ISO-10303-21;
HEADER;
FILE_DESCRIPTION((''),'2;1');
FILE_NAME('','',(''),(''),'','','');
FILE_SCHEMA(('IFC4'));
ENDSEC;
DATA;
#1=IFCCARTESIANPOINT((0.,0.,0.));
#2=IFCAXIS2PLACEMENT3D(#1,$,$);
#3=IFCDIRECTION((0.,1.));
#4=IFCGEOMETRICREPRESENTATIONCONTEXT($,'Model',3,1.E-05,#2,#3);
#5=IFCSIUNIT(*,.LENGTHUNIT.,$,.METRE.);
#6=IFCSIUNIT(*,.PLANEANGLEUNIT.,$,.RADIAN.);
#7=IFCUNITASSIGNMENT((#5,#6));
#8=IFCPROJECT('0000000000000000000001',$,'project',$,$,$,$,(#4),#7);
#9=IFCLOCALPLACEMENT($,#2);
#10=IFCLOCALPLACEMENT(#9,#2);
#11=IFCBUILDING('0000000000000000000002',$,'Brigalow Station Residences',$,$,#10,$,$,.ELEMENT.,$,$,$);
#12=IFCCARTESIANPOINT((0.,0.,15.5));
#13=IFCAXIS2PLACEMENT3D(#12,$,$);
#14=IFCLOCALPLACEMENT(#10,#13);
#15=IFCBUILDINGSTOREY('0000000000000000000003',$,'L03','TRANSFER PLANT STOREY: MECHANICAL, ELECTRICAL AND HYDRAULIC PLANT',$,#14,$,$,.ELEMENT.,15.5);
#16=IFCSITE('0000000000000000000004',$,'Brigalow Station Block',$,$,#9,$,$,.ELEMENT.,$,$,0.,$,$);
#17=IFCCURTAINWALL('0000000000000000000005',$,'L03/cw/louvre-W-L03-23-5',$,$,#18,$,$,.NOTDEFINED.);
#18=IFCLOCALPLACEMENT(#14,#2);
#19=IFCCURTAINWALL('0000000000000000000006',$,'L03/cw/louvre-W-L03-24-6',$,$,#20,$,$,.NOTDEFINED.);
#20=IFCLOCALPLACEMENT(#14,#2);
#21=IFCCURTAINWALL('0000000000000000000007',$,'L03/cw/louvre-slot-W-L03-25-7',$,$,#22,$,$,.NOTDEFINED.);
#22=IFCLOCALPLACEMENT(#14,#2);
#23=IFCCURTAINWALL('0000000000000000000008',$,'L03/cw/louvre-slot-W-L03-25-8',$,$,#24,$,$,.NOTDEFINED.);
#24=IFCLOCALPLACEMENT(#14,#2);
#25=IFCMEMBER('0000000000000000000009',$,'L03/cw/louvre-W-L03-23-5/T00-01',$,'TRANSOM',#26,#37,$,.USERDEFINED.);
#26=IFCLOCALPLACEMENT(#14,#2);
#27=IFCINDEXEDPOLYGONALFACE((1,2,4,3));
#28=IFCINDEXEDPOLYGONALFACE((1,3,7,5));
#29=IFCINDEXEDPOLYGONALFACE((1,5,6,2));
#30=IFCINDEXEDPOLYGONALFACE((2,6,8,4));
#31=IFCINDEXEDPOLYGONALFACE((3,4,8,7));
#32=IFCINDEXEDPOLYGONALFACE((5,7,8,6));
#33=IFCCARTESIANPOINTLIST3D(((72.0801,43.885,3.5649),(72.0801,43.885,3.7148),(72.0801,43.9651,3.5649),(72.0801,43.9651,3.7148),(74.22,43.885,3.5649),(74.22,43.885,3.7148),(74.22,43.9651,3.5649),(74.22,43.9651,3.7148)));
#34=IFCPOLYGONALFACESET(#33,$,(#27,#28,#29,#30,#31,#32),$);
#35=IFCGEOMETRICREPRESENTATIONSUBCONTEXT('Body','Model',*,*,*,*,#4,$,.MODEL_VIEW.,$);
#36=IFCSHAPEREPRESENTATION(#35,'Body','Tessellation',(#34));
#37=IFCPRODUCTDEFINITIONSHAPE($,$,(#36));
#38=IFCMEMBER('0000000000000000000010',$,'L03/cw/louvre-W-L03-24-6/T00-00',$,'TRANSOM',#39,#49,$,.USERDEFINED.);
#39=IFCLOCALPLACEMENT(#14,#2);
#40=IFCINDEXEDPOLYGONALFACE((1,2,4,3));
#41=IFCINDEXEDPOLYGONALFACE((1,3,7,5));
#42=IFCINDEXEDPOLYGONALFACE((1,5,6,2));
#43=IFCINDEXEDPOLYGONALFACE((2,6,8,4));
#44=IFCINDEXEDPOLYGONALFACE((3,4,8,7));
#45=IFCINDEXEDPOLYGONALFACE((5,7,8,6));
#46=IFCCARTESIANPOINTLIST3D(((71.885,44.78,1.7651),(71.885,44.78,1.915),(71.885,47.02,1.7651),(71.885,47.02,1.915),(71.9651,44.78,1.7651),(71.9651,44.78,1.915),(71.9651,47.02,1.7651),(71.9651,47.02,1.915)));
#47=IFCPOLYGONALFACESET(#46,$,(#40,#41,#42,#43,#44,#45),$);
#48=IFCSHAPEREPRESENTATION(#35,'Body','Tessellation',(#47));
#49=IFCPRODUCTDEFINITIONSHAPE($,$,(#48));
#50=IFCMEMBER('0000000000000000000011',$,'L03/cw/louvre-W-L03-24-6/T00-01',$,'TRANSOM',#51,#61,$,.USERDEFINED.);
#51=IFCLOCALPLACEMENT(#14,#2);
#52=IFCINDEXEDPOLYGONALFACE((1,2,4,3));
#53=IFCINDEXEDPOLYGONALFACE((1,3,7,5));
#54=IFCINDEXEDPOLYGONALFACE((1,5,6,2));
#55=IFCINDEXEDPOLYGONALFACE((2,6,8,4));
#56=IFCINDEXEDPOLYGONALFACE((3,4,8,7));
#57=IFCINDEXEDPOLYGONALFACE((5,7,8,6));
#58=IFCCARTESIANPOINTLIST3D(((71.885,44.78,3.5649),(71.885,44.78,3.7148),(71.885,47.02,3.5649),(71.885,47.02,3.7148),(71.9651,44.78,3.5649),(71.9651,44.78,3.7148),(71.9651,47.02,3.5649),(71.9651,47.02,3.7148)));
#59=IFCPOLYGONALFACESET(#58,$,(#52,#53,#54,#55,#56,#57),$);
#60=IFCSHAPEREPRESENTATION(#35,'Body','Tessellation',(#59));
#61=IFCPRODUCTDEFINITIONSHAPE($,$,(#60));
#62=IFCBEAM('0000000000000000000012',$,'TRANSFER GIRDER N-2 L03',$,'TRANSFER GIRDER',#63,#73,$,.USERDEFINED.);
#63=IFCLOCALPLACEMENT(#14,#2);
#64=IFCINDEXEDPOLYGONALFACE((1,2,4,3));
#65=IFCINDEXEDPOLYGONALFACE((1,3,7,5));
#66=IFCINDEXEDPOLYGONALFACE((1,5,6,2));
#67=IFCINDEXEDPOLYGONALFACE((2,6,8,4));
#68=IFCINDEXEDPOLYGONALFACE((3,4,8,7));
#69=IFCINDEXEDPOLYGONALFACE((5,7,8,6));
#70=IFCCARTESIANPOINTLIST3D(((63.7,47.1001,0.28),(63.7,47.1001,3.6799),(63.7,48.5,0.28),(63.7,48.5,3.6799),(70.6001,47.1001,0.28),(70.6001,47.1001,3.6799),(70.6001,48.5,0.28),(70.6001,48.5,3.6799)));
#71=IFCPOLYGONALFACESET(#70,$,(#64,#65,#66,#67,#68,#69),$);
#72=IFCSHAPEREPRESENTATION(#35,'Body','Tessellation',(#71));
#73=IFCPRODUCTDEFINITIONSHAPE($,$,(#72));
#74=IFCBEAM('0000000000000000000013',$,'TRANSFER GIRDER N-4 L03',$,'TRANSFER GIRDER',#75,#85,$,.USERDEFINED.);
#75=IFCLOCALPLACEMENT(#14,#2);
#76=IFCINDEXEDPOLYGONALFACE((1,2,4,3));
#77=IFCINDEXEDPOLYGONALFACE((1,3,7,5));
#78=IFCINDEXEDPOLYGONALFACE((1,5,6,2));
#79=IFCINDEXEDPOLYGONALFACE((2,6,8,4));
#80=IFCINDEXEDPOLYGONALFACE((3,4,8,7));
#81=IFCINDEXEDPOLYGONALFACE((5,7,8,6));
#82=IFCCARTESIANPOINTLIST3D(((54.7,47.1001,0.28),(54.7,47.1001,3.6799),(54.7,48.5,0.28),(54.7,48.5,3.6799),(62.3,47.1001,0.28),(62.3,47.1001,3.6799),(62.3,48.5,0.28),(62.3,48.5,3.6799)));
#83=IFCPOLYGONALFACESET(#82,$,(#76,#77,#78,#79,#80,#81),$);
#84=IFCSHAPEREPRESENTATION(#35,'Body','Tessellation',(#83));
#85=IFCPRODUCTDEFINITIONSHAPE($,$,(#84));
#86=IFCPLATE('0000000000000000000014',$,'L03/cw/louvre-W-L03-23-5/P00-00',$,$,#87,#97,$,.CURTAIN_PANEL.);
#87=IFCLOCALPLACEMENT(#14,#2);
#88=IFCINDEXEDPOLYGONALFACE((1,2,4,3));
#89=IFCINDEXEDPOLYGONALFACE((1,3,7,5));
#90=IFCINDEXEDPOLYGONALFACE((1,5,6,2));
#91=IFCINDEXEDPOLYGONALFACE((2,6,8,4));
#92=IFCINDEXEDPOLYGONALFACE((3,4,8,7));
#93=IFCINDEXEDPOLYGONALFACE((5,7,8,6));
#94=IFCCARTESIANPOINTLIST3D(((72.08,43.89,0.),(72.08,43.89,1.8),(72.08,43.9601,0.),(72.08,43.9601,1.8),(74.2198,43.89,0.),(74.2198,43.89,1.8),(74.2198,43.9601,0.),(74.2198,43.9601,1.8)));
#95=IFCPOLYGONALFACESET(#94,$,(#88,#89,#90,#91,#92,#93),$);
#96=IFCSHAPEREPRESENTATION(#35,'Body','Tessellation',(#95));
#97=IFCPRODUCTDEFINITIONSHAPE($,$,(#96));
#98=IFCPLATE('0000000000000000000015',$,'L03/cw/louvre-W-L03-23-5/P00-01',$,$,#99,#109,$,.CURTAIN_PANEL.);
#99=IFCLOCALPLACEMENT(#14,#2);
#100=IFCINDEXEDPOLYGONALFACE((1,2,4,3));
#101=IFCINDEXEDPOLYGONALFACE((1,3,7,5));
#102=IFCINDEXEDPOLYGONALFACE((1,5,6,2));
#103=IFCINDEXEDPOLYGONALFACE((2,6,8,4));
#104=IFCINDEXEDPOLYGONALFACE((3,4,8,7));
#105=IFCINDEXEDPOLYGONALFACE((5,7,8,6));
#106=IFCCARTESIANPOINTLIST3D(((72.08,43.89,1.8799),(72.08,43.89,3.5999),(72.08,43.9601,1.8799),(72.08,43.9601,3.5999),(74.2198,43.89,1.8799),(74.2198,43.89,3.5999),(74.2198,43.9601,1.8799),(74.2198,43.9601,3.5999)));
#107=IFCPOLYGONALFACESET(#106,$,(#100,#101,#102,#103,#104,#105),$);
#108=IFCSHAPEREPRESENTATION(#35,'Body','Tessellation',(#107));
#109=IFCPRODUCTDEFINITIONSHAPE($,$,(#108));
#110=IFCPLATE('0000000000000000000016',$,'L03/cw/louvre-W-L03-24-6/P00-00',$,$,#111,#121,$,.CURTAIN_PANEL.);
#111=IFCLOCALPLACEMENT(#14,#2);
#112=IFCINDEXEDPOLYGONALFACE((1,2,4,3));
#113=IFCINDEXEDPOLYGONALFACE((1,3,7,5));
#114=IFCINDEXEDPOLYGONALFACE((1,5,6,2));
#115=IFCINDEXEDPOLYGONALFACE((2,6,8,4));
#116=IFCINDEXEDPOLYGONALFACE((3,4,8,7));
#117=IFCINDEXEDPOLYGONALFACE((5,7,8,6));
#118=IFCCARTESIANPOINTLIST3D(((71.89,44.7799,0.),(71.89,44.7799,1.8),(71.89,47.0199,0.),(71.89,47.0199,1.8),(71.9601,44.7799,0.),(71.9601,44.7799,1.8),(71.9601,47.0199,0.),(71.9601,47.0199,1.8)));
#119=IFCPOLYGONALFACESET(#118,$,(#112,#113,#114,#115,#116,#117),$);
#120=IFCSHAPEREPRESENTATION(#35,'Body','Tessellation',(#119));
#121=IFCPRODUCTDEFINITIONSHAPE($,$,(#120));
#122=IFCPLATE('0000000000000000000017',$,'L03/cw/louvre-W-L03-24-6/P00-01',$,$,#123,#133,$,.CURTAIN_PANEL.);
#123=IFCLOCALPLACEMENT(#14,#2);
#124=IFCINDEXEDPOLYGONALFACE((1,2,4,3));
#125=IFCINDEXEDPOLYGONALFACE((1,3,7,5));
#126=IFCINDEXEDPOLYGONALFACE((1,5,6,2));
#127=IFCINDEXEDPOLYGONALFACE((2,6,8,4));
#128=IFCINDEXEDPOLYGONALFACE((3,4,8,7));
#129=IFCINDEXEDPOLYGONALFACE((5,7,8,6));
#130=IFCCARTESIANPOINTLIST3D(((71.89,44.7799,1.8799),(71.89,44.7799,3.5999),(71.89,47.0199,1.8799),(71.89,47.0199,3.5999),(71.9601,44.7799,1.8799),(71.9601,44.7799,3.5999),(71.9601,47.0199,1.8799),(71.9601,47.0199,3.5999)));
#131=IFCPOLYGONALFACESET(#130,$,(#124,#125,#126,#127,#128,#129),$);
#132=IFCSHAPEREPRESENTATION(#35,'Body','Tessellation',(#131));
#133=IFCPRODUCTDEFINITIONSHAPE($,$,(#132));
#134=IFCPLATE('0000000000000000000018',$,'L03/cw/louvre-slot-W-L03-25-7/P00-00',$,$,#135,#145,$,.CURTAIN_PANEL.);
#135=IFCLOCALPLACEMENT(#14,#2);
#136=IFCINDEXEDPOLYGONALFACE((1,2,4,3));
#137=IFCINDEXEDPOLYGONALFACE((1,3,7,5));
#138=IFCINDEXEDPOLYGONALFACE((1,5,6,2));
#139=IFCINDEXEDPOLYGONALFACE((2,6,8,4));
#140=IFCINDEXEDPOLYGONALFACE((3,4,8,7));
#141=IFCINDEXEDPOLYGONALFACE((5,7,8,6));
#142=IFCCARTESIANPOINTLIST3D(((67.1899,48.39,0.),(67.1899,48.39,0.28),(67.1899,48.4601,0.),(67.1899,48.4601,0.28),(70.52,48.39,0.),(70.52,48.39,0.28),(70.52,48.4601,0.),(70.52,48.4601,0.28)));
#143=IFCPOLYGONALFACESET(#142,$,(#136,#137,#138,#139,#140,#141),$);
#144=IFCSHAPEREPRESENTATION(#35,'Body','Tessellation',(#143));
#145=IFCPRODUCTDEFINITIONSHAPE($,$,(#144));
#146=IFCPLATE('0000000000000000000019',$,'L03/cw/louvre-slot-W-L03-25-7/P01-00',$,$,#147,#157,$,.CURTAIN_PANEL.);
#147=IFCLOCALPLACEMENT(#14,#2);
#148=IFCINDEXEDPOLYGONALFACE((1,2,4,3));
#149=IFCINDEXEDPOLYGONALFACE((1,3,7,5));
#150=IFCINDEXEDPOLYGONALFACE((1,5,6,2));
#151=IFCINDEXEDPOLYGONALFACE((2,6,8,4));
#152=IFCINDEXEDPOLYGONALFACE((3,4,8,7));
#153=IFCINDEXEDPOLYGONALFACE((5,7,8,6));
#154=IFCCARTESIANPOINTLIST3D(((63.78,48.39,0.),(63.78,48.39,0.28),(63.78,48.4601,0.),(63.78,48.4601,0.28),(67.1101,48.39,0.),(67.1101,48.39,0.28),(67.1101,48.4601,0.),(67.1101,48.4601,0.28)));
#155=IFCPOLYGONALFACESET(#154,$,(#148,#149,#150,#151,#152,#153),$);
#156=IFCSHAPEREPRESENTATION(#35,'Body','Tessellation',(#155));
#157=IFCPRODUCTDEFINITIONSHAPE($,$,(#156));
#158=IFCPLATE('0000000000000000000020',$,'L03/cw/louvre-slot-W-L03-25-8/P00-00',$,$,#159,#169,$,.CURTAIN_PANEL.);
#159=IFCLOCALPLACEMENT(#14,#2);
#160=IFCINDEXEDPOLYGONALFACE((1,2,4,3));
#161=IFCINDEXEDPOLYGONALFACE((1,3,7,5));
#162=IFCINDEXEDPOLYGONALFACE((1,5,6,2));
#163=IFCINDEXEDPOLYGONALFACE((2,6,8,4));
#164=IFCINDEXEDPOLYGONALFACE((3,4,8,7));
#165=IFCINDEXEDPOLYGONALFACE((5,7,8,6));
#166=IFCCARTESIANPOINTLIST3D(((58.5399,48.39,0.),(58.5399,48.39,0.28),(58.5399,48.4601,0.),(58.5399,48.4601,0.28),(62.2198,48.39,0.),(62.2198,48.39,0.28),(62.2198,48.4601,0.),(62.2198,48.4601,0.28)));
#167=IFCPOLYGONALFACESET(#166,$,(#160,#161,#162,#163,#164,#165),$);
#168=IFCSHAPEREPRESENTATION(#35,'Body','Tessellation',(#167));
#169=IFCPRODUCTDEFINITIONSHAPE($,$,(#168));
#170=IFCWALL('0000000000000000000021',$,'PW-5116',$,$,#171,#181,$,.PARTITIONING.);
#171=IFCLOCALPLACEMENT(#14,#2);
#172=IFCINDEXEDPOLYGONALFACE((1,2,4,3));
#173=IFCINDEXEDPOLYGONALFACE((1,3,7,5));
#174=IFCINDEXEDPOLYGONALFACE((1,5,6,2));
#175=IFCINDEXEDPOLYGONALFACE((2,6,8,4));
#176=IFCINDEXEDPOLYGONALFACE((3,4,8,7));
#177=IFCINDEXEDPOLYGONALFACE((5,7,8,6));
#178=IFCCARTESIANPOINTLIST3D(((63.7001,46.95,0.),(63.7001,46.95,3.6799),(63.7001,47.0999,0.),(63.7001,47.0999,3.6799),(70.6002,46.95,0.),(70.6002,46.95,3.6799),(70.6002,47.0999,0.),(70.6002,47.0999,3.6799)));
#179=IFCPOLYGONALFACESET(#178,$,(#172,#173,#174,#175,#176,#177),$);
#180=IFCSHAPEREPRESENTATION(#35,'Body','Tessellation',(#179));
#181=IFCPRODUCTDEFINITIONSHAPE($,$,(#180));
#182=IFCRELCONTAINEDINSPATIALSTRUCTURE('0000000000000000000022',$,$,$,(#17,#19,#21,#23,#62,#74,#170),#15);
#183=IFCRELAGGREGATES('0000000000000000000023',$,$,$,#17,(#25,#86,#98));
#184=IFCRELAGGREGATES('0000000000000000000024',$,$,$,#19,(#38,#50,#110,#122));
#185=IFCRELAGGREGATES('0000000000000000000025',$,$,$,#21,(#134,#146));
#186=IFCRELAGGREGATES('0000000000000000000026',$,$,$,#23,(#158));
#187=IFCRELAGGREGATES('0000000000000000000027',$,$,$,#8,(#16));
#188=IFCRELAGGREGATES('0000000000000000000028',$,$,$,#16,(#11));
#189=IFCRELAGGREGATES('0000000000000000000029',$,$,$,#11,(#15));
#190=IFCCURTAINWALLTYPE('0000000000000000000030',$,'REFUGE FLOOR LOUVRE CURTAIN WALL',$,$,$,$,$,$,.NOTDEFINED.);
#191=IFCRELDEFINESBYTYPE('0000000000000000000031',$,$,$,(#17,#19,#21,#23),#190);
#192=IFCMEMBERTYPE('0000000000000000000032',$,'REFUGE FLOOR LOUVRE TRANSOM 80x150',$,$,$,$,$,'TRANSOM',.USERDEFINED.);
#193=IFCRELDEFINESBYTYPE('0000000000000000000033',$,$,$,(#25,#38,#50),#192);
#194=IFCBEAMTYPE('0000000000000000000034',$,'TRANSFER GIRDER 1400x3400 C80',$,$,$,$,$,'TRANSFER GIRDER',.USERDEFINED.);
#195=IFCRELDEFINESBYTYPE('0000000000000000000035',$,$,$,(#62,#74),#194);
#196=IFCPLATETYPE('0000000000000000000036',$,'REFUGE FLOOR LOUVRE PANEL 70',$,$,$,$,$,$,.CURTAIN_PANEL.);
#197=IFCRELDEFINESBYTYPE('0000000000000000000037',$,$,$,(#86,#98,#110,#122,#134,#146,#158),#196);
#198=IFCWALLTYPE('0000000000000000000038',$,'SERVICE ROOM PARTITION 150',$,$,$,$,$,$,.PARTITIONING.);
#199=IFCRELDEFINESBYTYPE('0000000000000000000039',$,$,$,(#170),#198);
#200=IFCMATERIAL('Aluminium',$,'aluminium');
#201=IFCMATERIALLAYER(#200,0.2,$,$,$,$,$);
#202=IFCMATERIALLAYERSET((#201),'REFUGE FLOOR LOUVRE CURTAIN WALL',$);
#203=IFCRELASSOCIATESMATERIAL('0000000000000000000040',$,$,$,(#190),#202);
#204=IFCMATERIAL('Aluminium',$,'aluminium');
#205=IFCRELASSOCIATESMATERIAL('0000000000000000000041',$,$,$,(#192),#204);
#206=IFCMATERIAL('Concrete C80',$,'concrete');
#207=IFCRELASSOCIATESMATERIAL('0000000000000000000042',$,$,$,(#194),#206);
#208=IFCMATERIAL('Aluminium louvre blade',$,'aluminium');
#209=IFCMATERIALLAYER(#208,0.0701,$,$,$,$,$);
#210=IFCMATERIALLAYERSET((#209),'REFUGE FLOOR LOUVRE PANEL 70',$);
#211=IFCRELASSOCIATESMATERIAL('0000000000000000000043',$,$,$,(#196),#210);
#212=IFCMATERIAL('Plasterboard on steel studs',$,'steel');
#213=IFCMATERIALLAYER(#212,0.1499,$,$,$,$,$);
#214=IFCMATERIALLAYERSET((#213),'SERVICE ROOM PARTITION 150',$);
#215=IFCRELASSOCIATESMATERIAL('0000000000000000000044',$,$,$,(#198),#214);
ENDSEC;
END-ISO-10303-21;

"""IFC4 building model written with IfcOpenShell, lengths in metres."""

from ifc_helpers import new_model, si_unit, direction, frame, frame_2d, origin, origin_2d, place, context, subcontext, project, spatial, rectangle, extrude, material, layer, layer_set, material_profile, profile_set, type_object, element, aggregate, save


model = new_model("IFC4")

# Units and contexts
model_context = context("Model", 3, precision=1e-05, world=origin(), true_north=direction((0.0, 1.0)))
body_context = subcontext(model_context, "Body", "Model", "MODEL_VIEW")
ifc_project = project(units=[si_unit("LENGTHUNIT", "METRE"), si_unit("PLANEANGLEUNIT", "RADIAN")], contexts=[model_context])

# Site, building, storey
site_placement = place(None, origin())
site = spatial("IfcSite", under=ifc_project, at=site_placement, Name="Brigalow Station Block", CompositionType="ELEMENT", RefElevation=0.0)
building_placement = place(site_placement, origin())
building = spatial("IfcBuilding", under=site, at=building_placement, Name="Brigalow Station Residences", CompositionType="ELEMENT")
storey_placement = place(building_placement, frame((0.0, 0.0, 15.5)))
storey = spatial("IfcBuildingStorey", under=building, at=storey_placement, Name="L03", Description="TRANSFER PLANT STOREY: MECHANICAL, ELECTRICAL AND HYDRAULIC PLANT", CompositionType="ELEMENT", Elevation=15.5)

# Curtain walls
ifc_material_1 = material(Name="Aluminium", Category="aluminium")
ifc_layer_1 = layer(ifc_material_1, 0.2)
ifc_layer_set_1 = layer_set([ifc_layer_1], Name="REFUGE FLOOR LOUVRE CURTAIN WALL")
curtain_wall_type = type_object("IfcCurtainWallType", Name="REFUGE FLOOR LOUVRE CURTAIN WALL", PredefinedType="NOTDEFINED", material=ifc_layer_set_1)
curtain_wall_1_placement = place(storey_placement, origin())
curtain_wall_1 = element("IfcCurtainWall", 1, at=curtain_wall_1_placement, inside=storey, type_object=curtain_wall_type, Name="L03/cw/louvre-W-L03-23-5", PredefinedType="NOTDEFINED")
curtain_wall_2_placement = place(storey_placement, origin())
curtain_wall_2 = element("IfcCurtainWall", 2, at=curtain_wall_2_placement, inside=storey, type_object=curtain_wall_type, Name="L03/cw/louvre-W-L03-24-6", PredefinedType="NOTDEFINED")
curtain_wall_3_placement = place(storey_placement, origin())
curtain_wall_3 = element("IfcCurtainWall", 3, at=curtain_wall_3_placement, inside=storey, type_object=curtain_wall_type, Name="L03/cw/louvre-slot-W-L03-25-7", PredefinedType="NOTDEFINED")
curtain_wall_4_placement = place(storey_placement, origin())
curtain_wall_4 = element("IfcCurtainWall", 4, at=curtain_wall_4_placement, inside=storey, type_object=curtain_wall_type, Name="L03/cw/louvre-slot-W-L03-25-8", PredefinedType="NOTDEFINED")

# Members
ifc_material_2 = material(Name="Aluminium", Category="aluminium")
ifc_material_profile_1 = material_profile(ifc_material_2, rectangle(XDim=0.0801, YDim=0.1499, at=origin_2d()), Name="REFUGE FLOOR LOUVRE TRANSOM 80x150")
ifc_profile_set_1 = profile_set([ifc_material_profile_1], Name="Aluminium")
member_type_1 = type_object("IfcMemberType", Name="REFUGE FLOOR LOUVRE TRANSOM 80x150", ElementType="TRANSOM", PredefinedType="USERDEFINED", material=ifc_profile_set_1)
member_1_placement = place(storey_placement, frame((74.22, 43.925, 3.6399), z_axis=(-1.0, 0.0, 0.0), x_axis=(0.0, -1.0, 0.0)))
member_1 = element("IfcMember", 5, at=member_1_placement, type_object=member_type_1, Name="L03/cw/louvre-W-L03-23-5/T00-01", ObjectType="TRANSOM", PredefinedType="USERDEFINED", context=body_context, shape_type="SweptSolid", body=[
    extrude(rectangle(XDim=0.0801, YDim=0.1499, at=origin_2d()), origin(), (0.0, 0.0, 1.0), 2.1399),
])
member_2_placement = place(storey_placement, frame((71.925, 44.78, 1.8401), z_axis=(0.0, 1.0, 0.0), x_axis=(-1.0, 0.0, 0.0)))
member_2 = element("IfcMember", 6, at=member_2_placement, type_object=member_type_1, Name="L03/cw/louvre-W-L03-24-6/T00-00", ObjectType="TRANSOM", PredefinedType="USERDEFINED", context=body_context, shape_type="SweptSolid", body=[
    extrude(rectangle(XDim=0.0801, YDim=0.1499, at=origin_2d()), origin(), (0.0, 0.0, 1.0), 2.24),
])
member_3_placement = place(storey_placement, frame((71.925, 44.78, 3.6399), z_axis=(0.0, 1.0, 0.0), x_axis=(-1.0, 0.0, 0.0)))
member_3 = element("IfcMember", 7, at=member_3_placement, type_object=member_type_1, Name="L03/cw/louvre-W-L03-24-6/T00-01", ObjectType="TRANSOM", PredefinedType="USERDEFINED", context=body_context, shape_type="SweptSolid", body=[
    extrude(rectangle(XDim=0.0801, YDim=0.1499, at=origin_2d()), origin(), (0.0, 0.0, 1.0), 2.24),
])

# Beams
ifc_material_3 = material(Name="Concrete C80", Category="concrete")
ifc_material_profile_2 = material_profile(ifc_material_3, rectangle(XDim=1.3999, YDim=3.3999, at=origin_2d()), Name="RC1400x3400")
ifc_profile_set_2 = profile_set([ifc_material_profile_2], Name="Concrete C80")
beam_type = type_object("IfcBeamType", Name="TRANSFER GIRDER 1400x3400 C80", ElementType="TRANSFER GIRDER", PredefinedType="USERDEFINED", material=ifc_profile_set_2)
beam_1_placement = place(storey_placement, frame((70.6001, 47.8, 1.98), z_axis=(-1.0, 0.0, 0.0), x_axis=(0.0, -1.0, 0.0)))
element("IfcBeam", 8, at=beam_1_placement, inside=storey, type_object=beam_type, Name="TRANSFER GIRDER N-2 L03", ObjectType="TRANSFER GIRDER", PredefinedType="USERDEFINED", context=body_context, shape_type="SweptSolid", body=[
    extrude(rectangle(XDim=1.3999, YDim=3.3999, at=origin_2d()), origin(), (0.0, 0.0, 1.0), 6.9001),
])
beam_2_placement = place(storey_placement, frame((62.3, 47.8, 1.98), z_axis=(-1.0, 0.0, 0.0), x_axis=(0.0, -1.0, 0.0)))
element("IfcBeam", 9, at=beam_2_placement, inside=storey, type_object=beam_type, Name="TRANSFER GIRDER N-4 L03", ObjectType="TRANSFER GIRDER", PredefinedType="USERDEFINED", context=body_context, shape_type="SweptSolid", body=[
    extrude(rectangle(XDim=1.3999, YDim=3.3999, at=origin_2d()), origin(), (0.0, 0.0, 1.0), 7.6001),
])

# Plates
ifc_material_4 = material(Name="Aluminium louvre blade", Category="aluminium")
ifc_layer_2 = layer(ifc_material_4, 0.0701)
ifc_layer_set_2 = layer_set([ifc_layer_2], Name="REFUGE FLOOR LOUVRE PANEL 70")
plate_type = type_object("IfcPlateType", Name="REFUGE FLOOR LOUVRE PANEL 70", PredefinedType="CURTAIN_PANEL", material=ifc_layer_set_2)
plate_1_placement = place(storey_placement, frame((73.1499, 43.925, 0.0), z_axis=(0.0, 0.0, 1.0), x_axis=(-1.0, 0.0, 0.0)))
plate_1 = element("IfcPlate", 10, at=plate_1_placement, type_object=plate_type, Name="L03/cw/louvre-W-L03-23-5/P00-00", PredefinedType="CURTAIN_PANEL", context=body_context, shape_type="SweptSolid", body=[
    extrude(rectangle(XDim=2.1399, YDim=0.0701, at=origin_2d()), origin(), (0.0, 0.0, 1.0), 1.8),
])
plate_2_placement = place(storey_placement, frame((73.1499, 43.925, 1.8799), z_axis=(0.0, 0.0, 1.0), x_axis=(-1.0, 0.0, 0.0)))
plate_2 = element("IfcPlate", 11, at=plate_2_placement, type_object=plate_type, Name="L03/cw/louvre-W-L03-23-5/P00-01", PredefinedType="CURTAIN_PANEL", context=body_context, shape_type="SweptSolid", body=[
    extrude(rectangle(XDim=2.1399, YDim=0.0701, at=origin_2d()), origin(), (0.0, 0.0, 1.0), 1.72),
])
aggregate(curtain_wall_1, [member_1, plate_1, plate_2])
plate_3_placement = place(storey_placement, frame((71.925, 45.8999, 0.0), z_axis=(0.0, 0.0, 1.0), x_axis=(0.0, 1.0, 0.0)))
plate_3 = element("IfcPlate", 12, at=plate_3_placement, type_object=plate_type, Name="L03/cw/louvre-W-L03-24-6/P00-00", PredefinedType="CURTAIN_PANEL", context=body_context, shape_type="SweptSolid", body=[
    extrude(rectangle(XDim=2.24, YDim=0.0701, at=origin_2d()), origin(), (0.0, 0.0, 1.0), 1.8),
])
plate_4_placement = place(storey_placement, frame((71.925, 45.8999, 1.8799), z_axis=(0.0, 0.0, 1.0), x_axis=(0.0, 1.0, 0.0)))
plate_4 = element("IfcPlate", 13, at=plate_4_placement, type_object=plate_type, Name="L03/cw/louvre-W-L03-24-6/P00-01", PredefinedType="CURTAIN_PANEL", context=body_context, shape_type="SweptSolid", body=[
    extrude(rectangle(XDim=2.24, YDim=0.0701, at=origin_2d()), origin(), (0.0, 0.0, 1.0), 1.72),
])
aggregate(curtain_wall_2, [member_2, member_3, plate_3, plate_4])
plate_5_placement = place(storey_placement, frame((68.855, 48.425, 0.0), z_axis=(0.0, 0.0, 1.0), x_axis=(-1.0, 0.0, 0.0)))
plate_5 = element("IfcPlate", 14, at=plate_5_placement, type_object=plate_type, Name="L03/cw/louvre-slot-W-L03-25-7/P00-00", PredefinedType="CURTAIN_PANEL", context=body_context, shape_type="SweptSolid", body=[
    extrude(rectangle(XDim=3.3301, YDim=0.0701, at=origin_2d()), origin(), (0.0, 0.0, 1.0), 0.28),
])
plate_6_placement = place(storey_placement, frame((65.4451, 48.425, 0.0), z_axis=(0.0, 0.0, 1.0), x_axis=(-1.0, 0.0, 0.0)))
plate_6 = element("IfcPlate", 15, at=plate_6_placement, type_object=plate_type, Name="L03/cw/louvre-slot-W-L03-25-7/P01-00", PredefinedType="CURTAIN_PANEL", context=body_context, shape_type="SweptSolid", body=[
    extrude(rectangle(XDim=3.3301, YDim=0.0701, at=origin_2d()), origin(), (0.0, 0.0, 1.0), 0.28),
])
aggregate(curtain_wall_3, [plate_5, plate_6])
plate_7_placement = place(storey_placement, frame((60.3799, 48.425, 0.0), z_axis=(0.0, 0.0, 1.0), x_axis=(-1.0, 0.0, 0.0)))
plate_7 = element("IfcPlate", 16, at=plate_7_placement, type_object=plate_type, Name="L03/cw/louvre-slot-W-L03-25-8/P00-00", PredefinedType="CURTAIN_PANEL", context=body_context, shape_type="SweptSolid", body=[
    extrude(rectangle(XDim=3.6799, YDim=0.0701, at=origin_2d()), origin(), (0.0, 0.0, 1.0), 0.28),
])
aggregate(curtain_wall_4, [plate_7])

# Wall
ifc_material_5 = material(Name="Plasterboard on steel studs", Category="steel")
ifc_layer_3 = layer(ifc_material_5, 0.1499)
ifc_layer_set_3 = layer_set([ifc_layer_3], Name="SERVICE ROOM PARTITION 150")
wall_type = type_object("IfcWallType", Name="SERVICE ROOM PARTITION 150", PredefinedType="PARTITIONING", material=ifc_layer_set_3)
wall_placement = place(storey_placement, frame((63.7, 47.0249, 0.0), z_axis=(0.0, 0.0, 1.0), x_axis=(1.0, 0.0, 0.0)))
element("IfcWall", 17, at=wall_placement, inside=storey, type_object=wall_type, Name="PW-5116", PredefinedType="PARTITIONING", context=body_context, shape_type="SweptSolid", body=[
    extrude(rectangle(XDim=6.9001, YDim=0.1499, at=frame_2d((3.4502, 0.0))), origin(), (0.0, 0.0, 1.0), 3.6799),
])

save(model, "model.ifc")
